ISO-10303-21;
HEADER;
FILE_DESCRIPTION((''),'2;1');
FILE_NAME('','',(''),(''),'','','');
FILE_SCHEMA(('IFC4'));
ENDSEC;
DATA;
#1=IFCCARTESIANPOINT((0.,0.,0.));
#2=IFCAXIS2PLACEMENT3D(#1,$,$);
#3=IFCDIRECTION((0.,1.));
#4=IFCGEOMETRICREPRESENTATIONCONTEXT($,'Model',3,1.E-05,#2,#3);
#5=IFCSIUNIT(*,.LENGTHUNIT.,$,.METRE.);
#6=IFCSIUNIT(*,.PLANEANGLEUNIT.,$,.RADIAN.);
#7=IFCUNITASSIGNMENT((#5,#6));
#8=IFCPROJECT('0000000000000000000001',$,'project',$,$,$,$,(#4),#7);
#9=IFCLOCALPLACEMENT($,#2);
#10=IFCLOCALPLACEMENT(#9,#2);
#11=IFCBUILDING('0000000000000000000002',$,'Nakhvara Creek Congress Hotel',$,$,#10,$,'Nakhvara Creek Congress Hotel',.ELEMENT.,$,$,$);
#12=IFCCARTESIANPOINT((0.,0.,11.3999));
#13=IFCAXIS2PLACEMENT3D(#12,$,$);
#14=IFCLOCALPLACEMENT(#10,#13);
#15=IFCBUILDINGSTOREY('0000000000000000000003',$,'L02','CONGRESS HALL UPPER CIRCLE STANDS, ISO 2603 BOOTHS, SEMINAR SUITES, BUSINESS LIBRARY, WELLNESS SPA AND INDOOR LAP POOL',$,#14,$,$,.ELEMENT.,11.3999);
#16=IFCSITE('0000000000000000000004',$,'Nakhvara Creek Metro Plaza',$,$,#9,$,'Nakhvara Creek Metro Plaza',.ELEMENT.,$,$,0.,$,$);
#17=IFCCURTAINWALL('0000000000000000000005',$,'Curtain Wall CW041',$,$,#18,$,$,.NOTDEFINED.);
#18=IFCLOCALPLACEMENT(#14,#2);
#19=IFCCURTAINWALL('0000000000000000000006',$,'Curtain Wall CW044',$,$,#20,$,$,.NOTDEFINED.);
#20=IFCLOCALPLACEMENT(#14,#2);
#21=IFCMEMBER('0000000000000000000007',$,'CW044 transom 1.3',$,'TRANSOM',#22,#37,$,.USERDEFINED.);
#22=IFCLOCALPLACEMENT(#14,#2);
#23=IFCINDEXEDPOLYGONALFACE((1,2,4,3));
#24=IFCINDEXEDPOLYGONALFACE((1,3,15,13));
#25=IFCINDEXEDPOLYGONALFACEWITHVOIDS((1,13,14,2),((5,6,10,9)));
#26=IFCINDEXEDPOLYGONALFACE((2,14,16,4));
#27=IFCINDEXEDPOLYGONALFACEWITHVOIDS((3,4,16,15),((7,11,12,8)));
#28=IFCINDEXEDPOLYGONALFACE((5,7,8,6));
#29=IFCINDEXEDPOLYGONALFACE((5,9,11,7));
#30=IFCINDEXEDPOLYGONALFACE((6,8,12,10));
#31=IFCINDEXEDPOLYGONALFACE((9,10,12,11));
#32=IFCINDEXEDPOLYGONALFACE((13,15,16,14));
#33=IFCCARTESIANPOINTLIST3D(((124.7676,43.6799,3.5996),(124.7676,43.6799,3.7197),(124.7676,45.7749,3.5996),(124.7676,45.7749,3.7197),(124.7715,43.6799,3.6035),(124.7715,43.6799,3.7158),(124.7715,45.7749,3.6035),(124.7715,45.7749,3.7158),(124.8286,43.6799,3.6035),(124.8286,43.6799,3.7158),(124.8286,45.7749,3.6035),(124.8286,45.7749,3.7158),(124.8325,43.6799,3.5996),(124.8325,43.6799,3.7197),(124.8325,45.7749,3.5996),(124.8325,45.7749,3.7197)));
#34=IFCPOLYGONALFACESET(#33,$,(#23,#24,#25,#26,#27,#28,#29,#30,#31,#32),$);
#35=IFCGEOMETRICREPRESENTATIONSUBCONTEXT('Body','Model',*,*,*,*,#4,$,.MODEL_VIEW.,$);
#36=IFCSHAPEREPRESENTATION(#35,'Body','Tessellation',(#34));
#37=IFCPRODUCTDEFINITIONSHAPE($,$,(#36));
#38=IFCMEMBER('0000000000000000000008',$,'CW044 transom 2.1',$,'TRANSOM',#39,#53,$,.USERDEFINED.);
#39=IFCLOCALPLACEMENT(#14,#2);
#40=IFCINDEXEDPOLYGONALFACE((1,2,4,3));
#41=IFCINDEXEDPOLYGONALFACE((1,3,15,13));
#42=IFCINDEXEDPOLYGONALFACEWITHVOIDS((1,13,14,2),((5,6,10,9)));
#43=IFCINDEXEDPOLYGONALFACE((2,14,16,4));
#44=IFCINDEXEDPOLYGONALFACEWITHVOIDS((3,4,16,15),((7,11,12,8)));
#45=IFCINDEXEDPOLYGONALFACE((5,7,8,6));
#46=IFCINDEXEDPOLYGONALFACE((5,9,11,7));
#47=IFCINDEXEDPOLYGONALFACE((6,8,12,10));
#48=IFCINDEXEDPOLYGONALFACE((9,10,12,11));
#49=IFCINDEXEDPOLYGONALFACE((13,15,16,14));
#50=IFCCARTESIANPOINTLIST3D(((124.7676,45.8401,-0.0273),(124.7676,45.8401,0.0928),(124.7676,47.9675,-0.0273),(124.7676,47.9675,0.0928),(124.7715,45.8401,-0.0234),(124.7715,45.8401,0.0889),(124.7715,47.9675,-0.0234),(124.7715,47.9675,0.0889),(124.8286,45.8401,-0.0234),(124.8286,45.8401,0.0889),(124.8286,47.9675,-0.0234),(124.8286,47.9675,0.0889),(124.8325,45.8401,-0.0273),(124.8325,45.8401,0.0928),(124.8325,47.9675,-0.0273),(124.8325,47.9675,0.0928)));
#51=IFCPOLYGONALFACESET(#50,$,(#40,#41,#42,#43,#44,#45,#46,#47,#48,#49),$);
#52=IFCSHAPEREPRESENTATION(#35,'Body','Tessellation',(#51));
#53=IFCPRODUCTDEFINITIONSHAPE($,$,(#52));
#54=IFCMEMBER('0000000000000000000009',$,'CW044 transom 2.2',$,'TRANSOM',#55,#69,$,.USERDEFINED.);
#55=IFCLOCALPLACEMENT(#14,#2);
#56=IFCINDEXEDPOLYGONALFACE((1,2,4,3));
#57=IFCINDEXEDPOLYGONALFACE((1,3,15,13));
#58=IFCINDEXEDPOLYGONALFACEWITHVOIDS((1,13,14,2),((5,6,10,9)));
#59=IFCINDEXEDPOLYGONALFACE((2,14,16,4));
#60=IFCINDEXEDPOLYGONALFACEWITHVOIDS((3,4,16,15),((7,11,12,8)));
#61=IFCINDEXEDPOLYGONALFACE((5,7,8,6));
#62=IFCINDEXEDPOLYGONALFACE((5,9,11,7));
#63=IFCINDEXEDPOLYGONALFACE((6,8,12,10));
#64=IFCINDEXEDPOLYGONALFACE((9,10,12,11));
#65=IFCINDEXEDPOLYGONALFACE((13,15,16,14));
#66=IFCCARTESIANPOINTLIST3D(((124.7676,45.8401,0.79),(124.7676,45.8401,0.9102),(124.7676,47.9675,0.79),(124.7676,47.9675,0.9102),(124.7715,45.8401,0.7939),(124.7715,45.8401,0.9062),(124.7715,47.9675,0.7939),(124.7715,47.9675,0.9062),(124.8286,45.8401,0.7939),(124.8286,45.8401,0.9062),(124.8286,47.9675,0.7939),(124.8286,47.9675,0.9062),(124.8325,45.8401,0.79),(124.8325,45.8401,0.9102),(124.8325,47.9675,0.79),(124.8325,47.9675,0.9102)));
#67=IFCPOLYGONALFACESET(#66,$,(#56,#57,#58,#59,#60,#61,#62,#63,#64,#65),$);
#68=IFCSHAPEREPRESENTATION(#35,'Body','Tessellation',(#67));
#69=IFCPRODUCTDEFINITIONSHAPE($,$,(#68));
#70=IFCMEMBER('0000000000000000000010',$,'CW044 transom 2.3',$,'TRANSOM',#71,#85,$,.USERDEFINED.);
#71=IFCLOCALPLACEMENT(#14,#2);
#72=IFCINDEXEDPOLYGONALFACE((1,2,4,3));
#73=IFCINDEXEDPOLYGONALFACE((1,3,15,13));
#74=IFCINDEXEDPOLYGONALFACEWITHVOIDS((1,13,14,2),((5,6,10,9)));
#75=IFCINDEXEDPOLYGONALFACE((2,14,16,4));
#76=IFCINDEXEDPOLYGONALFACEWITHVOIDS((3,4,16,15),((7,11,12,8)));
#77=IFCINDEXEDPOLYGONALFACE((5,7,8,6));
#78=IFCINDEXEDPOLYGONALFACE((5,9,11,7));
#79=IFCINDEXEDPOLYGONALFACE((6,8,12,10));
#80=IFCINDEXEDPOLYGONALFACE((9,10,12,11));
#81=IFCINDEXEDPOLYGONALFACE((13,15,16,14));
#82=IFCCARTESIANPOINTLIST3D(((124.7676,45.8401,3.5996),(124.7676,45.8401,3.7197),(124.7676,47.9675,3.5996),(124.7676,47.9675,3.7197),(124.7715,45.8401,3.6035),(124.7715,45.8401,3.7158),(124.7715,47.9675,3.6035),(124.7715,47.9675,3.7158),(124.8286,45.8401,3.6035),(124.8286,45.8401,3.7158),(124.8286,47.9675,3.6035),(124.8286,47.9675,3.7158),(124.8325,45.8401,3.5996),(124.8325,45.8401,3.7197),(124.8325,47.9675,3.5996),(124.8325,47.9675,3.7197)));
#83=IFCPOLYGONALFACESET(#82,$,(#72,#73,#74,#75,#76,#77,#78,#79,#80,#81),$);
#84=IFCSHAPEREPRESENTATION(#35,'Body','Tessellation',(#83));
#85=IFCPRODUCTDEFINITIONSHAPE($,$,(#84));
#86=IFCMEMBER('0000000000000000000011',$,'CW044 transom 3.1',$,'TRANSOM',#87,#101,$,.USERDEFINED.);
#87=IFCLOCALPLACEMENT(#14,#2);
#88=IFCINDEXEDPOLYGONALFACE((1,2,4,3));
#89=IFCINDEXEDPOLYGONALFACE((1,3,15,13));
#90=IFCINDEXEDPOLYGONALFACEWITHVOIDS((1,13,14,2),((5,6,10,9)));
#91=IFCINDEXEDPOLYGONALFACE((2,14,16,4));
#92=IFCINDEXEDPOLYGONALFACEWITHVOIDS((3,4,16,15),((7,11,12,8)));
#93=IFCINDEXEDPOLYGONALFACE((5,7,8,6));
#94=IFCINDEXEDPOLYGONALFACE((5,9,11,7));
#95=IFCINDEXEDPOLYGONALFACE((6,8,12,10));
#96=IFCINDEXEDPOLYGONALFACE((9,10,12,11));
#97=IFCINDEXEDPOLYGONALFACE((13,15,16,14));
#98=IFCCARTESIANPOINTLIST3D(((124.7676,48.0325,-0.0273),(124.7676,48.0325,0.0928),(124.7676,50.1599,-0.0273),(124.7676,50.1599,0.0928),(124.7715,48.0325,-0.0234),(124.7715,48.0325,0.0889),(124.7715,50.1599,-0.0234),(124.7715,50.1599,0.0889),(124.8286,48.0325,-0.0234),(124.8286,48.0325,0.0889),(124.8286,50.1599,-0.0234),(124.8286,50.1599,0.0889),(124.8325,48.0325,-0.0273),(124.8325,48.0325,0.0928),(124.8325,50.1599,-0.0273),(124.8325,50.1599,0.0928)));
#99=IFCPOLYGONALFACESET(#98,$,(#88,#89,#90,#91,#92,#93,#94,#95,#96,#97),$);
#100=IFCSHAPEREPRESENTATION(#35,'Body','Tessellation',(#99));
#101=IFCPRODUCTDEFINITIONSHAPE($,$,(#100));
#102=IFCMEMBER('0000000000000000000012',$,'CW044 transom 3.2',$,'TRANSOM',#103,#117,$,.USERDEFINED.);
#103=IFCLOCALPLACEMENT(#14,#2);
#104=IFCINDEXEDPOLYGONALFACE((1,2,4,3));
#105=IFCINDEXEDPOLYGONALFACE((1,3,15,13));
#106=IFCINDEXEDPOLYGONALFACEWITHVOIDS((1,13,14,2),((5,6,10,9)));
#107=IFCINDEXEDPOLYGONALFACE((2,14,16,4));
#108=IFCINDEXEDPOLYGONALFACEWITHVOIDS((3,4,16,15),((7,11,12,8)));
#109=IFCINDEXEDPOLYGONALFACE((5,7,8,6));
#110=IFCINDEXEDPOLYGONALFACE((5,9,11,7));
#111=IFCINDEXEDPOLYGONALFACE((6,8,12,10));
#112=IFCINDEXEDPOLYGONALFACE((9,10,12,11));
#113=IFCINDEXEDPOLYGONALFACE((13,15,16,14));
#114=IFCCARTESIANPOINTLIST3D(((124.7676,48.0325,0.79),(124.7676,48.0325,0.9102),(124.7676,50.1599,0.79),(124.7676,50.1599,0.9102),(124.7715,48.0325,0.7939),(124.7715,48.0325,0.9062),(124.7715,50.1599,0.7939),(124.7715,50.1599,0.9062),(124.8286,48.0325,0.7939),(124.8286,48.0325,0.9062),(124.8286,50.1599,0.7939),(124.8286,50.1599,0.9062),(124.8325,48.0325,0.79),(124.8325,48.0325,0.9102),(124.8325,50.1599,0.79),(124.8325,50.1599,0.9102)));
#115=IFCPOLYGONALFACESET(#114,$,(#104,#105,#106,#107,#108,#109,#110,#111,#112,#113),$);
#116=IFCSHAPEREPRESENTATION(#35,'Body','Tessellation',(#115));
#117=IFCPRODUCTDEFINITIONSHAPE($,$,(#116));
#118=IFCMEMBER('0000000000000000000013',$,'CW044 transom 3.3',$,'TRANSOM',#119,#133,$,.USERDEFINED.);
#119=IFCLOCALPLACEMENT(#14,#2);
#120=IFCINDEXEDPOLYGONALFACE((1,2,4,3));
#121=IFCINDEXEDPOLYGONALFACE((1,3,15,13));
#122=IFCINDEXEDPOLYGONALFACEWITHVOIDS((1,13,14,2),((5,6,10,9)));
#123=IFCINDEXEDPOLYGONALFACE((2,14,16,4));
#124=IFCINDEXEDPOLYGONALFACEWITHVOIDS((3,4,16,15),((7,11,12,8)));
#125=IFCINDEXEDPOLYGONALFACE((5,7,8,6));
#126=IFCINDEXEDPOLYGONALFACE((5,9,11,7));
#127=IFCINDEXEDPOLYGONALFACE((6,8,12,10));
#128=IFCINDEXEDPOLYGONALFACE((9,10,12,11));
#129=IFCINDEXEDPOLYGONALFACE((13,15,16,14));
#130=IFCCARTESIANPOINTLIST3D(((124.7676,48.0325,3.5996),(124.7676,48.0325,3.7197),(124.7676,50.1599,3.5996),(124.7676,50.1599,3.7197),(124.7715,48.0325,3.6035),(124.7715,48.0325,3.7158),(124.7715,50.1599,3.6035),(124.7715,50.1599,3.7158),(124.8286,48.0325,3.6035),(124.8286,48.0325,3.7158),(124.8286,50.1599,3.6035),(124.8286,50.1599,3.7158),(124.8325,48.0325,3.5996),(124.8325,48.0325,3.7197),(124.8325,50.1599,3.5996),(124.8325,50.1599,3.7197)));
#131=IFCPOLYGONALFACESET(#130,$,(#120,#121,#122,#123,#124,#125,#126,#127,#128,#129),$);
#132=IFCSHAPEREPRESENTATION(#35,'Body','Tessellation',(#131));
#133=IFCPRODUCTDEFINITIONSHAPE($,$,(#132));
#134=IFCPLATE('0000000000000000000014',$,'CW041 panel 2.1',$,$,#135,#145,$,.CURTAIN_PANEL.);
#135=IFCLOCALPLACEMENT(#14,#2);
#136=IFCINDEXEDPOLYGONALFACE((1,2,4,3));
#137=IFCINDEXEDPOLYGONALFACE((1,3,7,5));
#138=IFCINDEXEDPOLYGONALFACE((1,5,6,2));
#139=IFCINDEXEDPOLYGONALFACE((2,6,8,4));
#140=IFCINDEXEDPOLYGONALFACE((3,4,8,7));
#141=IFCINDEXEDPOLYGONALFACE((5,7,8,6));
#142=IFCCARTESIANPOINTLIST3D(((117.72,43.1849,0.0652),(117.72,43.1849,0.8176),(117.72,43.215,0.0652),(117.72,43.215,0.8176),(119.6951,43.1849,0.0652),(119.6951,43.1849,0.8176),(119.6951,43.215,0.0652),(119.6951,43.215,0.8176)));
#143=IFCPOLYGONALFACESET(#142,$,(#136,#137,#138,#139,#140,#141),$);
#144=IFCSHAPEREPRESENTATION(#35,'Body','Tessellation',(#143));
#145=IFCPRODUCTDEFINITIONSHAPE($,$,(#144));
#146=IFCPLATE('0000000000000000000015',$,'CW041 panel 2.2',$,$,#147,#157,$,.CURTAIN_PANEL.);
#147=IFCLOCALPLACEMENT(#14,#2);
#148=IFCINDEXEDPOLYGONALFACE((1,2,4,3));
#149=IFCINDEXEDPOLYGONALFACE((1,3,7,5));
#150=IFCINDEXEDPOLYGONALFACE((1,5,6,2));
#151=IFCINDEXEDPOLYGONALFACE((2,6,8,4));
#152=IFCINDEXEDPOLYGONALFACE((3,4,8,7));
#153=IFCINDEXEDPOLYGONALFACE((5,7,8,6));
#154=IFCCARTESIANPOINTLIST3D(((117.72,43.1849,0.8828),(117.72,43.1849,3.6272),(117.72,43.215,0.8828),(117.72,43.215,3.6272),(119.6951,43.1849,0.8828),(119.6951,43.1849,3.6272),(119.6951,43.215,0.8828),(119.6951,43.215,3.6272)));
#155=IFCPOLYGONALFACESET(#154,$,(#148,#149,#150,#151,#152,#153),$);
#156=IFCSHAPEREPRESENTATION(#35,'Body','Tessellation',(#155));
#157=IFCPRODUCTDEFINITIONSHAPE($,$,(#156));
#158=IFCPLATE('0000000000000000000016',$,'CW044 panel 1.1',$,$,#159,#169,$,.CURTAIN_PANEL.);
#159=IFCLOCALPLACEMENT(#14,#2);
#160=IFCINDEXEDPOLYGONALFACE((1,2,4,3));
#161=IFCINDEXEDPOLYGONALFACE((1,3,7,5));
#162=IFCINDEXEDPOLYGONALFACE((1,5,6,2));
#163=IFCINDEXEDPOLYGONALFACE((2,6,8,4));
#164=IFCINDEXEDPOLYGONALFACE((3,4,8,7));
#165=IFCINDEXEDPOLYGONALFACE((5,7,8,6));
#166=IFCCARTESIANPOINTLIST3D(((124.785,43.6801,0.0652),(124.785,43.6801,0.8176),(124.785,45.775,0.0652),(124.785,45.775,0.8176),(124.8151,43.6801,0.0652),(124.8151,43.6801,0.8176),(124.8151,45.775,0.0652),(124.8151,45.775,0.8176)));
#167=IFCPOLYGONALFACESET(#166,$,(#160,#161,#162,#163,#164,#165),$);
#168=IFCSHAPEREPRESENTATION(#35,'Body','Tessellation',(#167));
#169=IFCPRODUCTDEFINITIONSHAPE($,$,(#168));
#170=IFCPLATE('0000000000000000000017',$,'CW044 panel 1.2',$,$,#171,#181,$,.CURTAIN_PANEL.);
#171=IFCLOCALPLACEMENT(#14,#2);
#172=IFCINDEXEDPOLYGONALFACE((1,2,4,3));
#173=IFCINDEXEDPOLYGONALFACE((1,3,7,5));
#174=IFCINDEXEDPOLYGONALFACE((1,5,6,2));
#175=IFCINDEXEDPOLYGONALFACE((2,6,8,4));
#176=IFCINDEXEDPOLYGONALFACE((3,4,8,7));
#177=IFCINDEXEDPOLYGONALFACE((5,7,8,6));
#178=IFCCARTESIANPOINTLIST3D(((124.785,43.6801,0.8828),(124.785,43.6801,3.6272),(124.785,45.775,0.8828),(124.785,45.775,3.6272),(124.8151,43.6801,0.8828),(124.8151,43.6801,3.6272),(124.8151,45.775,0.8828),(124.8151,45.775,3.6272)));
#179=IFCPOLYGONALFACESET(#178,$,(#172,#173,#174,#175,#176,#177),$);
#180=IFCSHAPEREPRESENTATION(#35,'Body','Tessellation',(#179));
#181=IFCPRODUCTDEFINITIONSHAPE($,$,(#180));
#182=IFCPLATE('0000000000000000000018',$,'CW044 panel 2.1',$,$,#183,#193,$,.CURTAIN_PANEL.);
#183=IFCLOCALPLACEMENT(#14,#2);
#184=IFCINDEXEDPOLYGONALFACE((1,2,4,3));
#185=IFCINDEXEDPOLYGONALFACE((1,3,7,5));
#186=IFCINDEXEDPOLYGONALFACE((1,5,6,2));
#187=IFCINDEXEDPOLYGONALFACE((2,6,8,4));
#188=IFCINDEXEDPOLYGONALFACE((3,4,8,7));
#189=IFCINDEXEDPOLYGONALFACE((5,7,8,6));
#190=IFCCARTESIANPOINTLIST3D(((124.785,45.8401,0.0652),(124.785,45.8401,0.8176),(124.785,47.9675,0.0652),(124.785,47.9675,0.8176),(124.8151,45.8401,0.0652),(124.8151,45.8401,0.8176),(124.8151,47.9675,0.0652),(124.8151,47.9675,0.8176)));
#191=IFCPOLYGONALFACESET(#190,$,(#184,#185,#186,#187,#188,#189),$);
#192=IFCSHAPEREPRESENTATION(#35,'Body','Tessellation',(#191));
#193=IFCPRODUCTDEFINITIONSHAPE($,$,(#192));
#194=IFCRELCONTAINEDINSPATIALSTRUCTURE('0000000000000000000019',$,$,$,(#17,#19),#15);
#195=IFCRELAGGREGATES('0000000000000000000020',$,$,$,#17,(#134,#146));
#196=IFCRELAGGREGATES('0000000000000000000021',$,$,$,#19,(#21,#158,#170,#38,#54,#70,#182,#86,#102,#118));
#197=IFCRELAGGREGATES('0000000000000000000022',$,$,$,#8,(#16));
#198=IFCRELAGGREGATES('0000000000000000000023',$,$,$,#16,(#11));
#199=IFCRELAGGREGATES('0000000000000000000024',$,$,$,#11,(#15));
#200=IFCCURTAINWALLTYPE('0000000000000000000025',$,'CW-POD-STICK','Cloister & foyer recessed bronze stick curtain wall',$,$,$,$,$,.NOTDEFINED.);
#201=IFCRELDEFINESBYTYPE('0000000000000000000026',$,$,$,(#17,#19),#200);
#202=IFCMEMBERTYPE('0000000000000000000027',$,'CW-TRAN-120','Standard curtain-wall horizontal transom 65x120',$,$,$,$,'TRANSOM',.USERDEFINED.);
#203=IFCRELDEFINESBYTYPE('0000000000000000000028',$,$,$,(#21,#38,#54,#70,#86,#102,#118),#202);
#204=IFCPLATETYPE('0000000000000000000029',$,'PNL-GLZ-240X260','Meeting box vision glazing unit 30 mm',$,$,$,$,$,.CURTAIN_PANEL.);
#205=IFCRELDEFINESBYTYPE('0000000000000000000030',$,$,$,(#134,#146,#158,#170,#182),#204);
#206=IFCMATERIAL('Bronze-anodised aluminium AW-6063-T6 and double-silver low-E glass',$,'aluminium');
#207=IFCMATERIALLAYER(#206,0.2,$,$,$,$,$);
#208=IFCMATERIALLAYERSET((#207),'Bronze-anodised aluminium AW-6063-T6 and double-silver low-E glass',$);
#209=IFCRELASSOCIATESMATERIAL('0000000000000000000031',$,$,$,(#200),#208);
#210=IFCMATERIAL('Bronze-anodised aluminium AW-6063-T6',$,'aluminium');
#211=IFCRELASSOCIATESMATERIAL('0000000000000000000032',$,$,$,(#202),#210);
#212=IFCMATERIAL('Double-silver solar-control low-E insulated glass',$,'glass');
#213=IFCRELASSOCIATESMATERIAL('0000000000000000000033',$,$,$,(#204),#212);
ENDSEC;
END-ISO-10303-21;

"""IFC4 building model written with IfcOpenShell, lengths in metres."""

from ifc_helpers import new_model, si_unit, direction, frame, origin, origin_2d, place, context, subcontext, project, spatial, rectangle, hollow_rectangle, extrude, material, layer, layer_set, material_profile, profile_set, type_object, element, aggregate, save


model = new_model("IFC4")

# Units and contexts
model_context = context("Model", 3, precision=1e-05, world=origin(), true_north=direction((0.0, 1.0)))
body_context = subcontext(model_context, "Body", "Model", "MODEL_VIEW")
ifc_project = project(units=[si_unit("LENGTHUNIT", "METRE"), si_unit("PLANEANGLEUNIT", "RADIAN")], contexts=[model_context])

# Site, building, storey
site_placement = place(None, origin())
site = spatial("IfcSite", under=ifc_project, at=site_placement, Name="Nakhvara Creek Metro Plaza", LongName="Nakhvara Creek Metro Plaza", CompositionType="ELEMENT", RefElevation=0.0)
building_placement = place(site_placement, origin())
building = spatial("IfcBuilding", under=site, at=building_placement, Name="Nakhvara Creek Congress Hotel", LongName="Nakhvara Creek Congress Hotel", CompositionType="ELEMENT")
storey_placement = place(building_placement, frame((0.0, 0.0, 11.3999)))
storey = spatial("IfcBuildingStorey", under=building, at=storey_placement, Name="L02", Description="CONGRESS HALL UPPER CIRCLE STANDS, ISO 2603 BOOTHS, SEMINAR SUITES, BUSINESS LIBRARY, WELLNESS SPA AND INDOOR LAP POOL", CompositionType="ELEMENT", Elevation=11.3999)

# Curtain wall
ifc_material_1 = material(Name="Bronze-anodised aluminium AW-6063-T6 and double-silver low-E glass", Category="aluminium")
ifc_layer = layer(ifc_material_1, 0.2)
ifc_layer_set = layer_set([ifc_layer], Name="Bronze-anodised aluminium AW-6063-T6 and double-silver low-E glass")
curtain_wall_type = type_object("IfcCurtainWallType", Name="CW-POD-STICK", Description="Cloister & foyer recessed bronze stick curtain wall", PredefinedType="NOTDEFINED", material=ifc_layer_set)
curtain_wall_1_placement = place(storey_placement, origin())
curtain_wall_1 = element("IfcCurtainWall", 1, at=curtain_wall_1_placement, inside=storey, type_object=curtain_wall_type, Name="Curtain Wall CW041", PredefinedType="NOTDEFINED")
ifc_material_2 = material(Name="Bronze-anodised aluminium AW-6063-T6", Category="aluminium")

# Curtain wall, members
curtain_wall_2_placement = place(storey_placement, origin())
curtain_wall_2 = element("IfcCurtainWall", 2, at=curtain_wall_2_placement, inside=storey, type_object=curtain_wall_type, Name="Curtain Wall CW044", PredefinedType="NOTDEFINED")
ifc_material_profile_1 = material_profile(ifc_material_2, hollow_rectangle(XDim=0.0649, YDim=0.1201, WallThickness=0.0039, at=origin_2d()), Name="ALU-TRAN 65x120x4", Category="LoadBearing")
ifc_profile_set_1 = profile_set([ifc_material_profile_1], Name="Bronze-anodised aluminium AW-6063-T6")
member_type_1 = type_object("IfcMemberType", Name="CW-TRAN-120", Description="Standard curtain-wall horizontal transom 65x120", ElementType="TRANSOM", PredefinedType="USERDEFINED", material=ifc_profile_set_1)
member_1_placement = place(storey_placement, frame((124.8, 43.6799, 3.6597), z_axis=(0.0, 1.0, 0.0), x_axis=(-1.0, 0.0, 0.0)))
member_1 = element("IfcMember", 3, at=member_1_placement, type_object=member_type_1, Name="CW044 transom 1.3", ObjectType="TRANSOM", PredefinedType="USERDEFINED", context=body_context, shape_type="SweptSolid", body=[
    extrude(hollow_rectangle(XDim=0.0649, YDim=0.1201, WallThickness=0.0039, at=origin_2d()), origin(), (0.0, 0.0, 1.0), 2.095),
])
member_2_placement = place(storey_placement, frame((124.8, 45.8401, 0.0327), z_axis=(0.0, 1.0, 0.0), x_axis=(-1.0, 0.0, 0.0)))
member_2 = element("IfcMember", 4, at=member_2_placement, type_object=member_type_1, Name="CW044 transom 2.1", ObjectType="TRANSOM", PredefinedType="USERDEFINED", context=body_context, shape_type="SweptSolid", body=[
    extrude(hollow_rectangle(XDim=0.0649, YDim=0.1201, WallThickness=0.0039, at=origin_2d()), origin(), (0.0, 0.0, 1.0), 2.1274),
])
member_3_placement = place(storey_placement, frame((124.8, 45.8401, 0.8501), z_axis=(0.0, 1.0, 0.0), x_axis=(-1.0, 0.0, 0.0)))
member_3 = element("IfcMember", 5, at=member_3_placement, type_object=member_type_1, Name="CW044 transom 2.2", ObjectType="TRANSOM", PredefinedType="USERDEFINED", context=body_context, shape_type="SweptSolid", body=[
    extrude(hollow_rectangle(XDim=0.0649, YDim=0.1201, WallThickness=0.0039, at=origin_2d()), origin(), (0.0, 0.0, 1.0), 2.1274),
])
member_4_placement = place(storey_placement, frame((124.8, 45.8401, 3.6597), z_axis=(0.0, 1.0, 0.0), x_axis=(-1.0, 0.0, 0.0)))
member_4 = element("IfcMember", 6, at=member_4_placement, type_object=member_type_1, Name="CW044 transom 2.3", ObjectType="TRANSOM", PredefinedType="USERDEFINED", context=body_context, shape_type="SweptSolid", body=[
    extrude(hollow_rectangle(XDim=0.0649, YDim=0.1201, WallThickness=0.0039, at=origin_2d()), origin(), (0.0, 0.0, 1.0), 2.1274),
])
member_5_placement = place(storey_placement, frame((124.8, 48.0325, 0.0327), z_axis=(0.0, 1.0, 0.0), x_axis=(-1.0, 0.0, 0.0)))
member_5 = element("IfcMember", 7, at=member_5_placement, type_object=member_type_1, Name="CW044 transom 3.1", ObjectType="TRANSOM", PredefinedType="USERDEFINED", context=body_context, shape_type="SweptSolid", body=[
    extrude(hollow_rectangle(XDim=0.0649, YDim=0.1201, WallThickness=0.0039, at=origin_2d()), origin(), (0.0, 0.0, 1.0), 2.1274),
])
member_6_placement = place(storey_placement, frame((124.8, 48.0325, 0.8501), z_axis=(0.0, 1.0, 0.0), x_axis=(-1.0, 0.0, 0.0)))
member_6 = element("IfcMember", 8, at=member_6_placement, type_object=member_type_1, Name="CW044 transom 3.2", ObjectType="TRANSOM", PredefinedType="USERDEFINED", context=body_context, shape_type="SweptSolid", body=[
    extrude(hollow_rectangle(XDim=0.0649, YDim=0.1201, WallThickness=0.0039, at=origin_2d()), origin(), (0.0, 0.0, 1.0), 2.1274),
])
member_7_placement = place(storey_placement, frame((124.8, 48.0325, 3.6597), z_axis=(0.0, 1.0, 0.0), x_axis=(-1.0, 0.0, 0.0)))
member_7 = element("IfcMember", 9, at=member_7_placement, type_object=member_type_1, Name="CW044 transom 3.3", ObjectType="TRANSOM", PredefinedType="USERDEFINED", context=body_context, shape_type="SweptSolid", body=[
    extrude(hollow_rectangle(XDim=0.0649, YDim=0.1201, WallThickness=0.0039, at=origin_2d()), origin(), (0.0, 0.0, 1.0), 2.1274),
])

# Plates
ifc_material_3 = material(Name="Double-silver solar-control low-E insulated glass", Category="glass")
plate_type = type_object("IfcPlateType", Name="PNL-GLZ-240X260", Description="Meeting box vision glazing unit 30 mm", PredefinedType="CURTAIN_PANEL", material=ifc_material_3)
plate_1_placement = place(storey_placement, frame((118.7075, 43.2, 0.0652), z_axis=(0.0, 0.0, 1.0), x_axis=(1.0, 0.0, 0.0)))
plate_1 = element("IfcPlate", 10, at=plate_1_placement, type_object=plate_type, Name="CW041 panel 2.1", PredefinedType="CURTAIN_PANEL", context=body_context, shape_type="SweptSolid", body=[
    extrude(rectangle(XDim=1.9751, YDim=0.03, at=origin_2d()), origin(), (0.0, 0.0, 1.0), 0.7524),
])
plate_2_placement = place(storey_placement, frame((118.7075, 43.2, 0.8828), z_axis=(0.0, 0.0, 1.0), x_axis=(1.0, 0.0, 0.0)))
plate_2 = element("IfcPlate", 11, at=plate_2_placement, type_object=plate_type, Name="CW041 panel 2.2", PredefinedType="CURTAIN_PANEL", context=body_context, shape_type="SweptSolid", body=[
    extrude(rectangle(XDim=1.9751, YDim=0.03, at=origin_2d()), origin(), (0.0, 0.0, 1.0), 2.7444),
])
aggregate(curtain_wall_1, [plate_1, plate_2])
plate_3_placement = place(storey_placement, frame((124.8, 44.7275, 0.0652), z_axis=(0.0, 0.0, 1.0), x_axis=(0.0, 1.0, 0.0)))
plate_3 = element("IfcPlate", 12, at=plate_3_placement, type_object=plate_type, Name="CW044 panel 1.1", PredefinedType="CURTAIN_PANEL", context=body_context, shape_type="SweptSolid", body=[
    extrude(rectangle(XDim=2.095, YDim=0.03, at=origin_2d()), origin(), (0.0, 0.0, 1.0), 0.7524),
])
plate_4_placement = place(storey_placement, frame((124.8, 44.7275, 0.8828), z_axis=(0.0, 0.0, 1.0), x_axis=(0.0, 1.0, 0.0)))
plate_4 = element("IfcPlate", 13, at=plate_4_placement, type_object=plate_type, Name="CW044 panel 1.2", PredefinedType="CURTAIN_PANEL", context=body_context, shape_type="SweptSolid", body=[
    extrude(rectangle(XDim=2.095, YDim=0.03, at=origin_2d()), origin(), (0.0, 0.0, 1.0), 2.7444),
])
plate_5_placement = place(storey_placement, frame((124.8, 46.9038, 0.0652), z_axis=(0.0, 0.0, 1.0), x_axis=(0.0, 1.0, 0.0)))
plate_5 = element("IfcPlate", 14, at=plate_5_placement, type_object=plate_type, Name="CW044 panel 2.1", PredefinedType="CURTAIN_PANEL", context=body_context, shape_type="SweptSolid", body=[
    extrude(rectangle(XDim=2.1274, YDim=0.03, at=origin_2d()), origin(), (0.0, 0.0, 1.0), 0.7524),
])
aggregate(curtain_wall_2, [member_1, plate_3, plate_4, member_2, member_3, member_4, plate_5, member_5, member_6, member_7])

save(model, "model.ifc")
